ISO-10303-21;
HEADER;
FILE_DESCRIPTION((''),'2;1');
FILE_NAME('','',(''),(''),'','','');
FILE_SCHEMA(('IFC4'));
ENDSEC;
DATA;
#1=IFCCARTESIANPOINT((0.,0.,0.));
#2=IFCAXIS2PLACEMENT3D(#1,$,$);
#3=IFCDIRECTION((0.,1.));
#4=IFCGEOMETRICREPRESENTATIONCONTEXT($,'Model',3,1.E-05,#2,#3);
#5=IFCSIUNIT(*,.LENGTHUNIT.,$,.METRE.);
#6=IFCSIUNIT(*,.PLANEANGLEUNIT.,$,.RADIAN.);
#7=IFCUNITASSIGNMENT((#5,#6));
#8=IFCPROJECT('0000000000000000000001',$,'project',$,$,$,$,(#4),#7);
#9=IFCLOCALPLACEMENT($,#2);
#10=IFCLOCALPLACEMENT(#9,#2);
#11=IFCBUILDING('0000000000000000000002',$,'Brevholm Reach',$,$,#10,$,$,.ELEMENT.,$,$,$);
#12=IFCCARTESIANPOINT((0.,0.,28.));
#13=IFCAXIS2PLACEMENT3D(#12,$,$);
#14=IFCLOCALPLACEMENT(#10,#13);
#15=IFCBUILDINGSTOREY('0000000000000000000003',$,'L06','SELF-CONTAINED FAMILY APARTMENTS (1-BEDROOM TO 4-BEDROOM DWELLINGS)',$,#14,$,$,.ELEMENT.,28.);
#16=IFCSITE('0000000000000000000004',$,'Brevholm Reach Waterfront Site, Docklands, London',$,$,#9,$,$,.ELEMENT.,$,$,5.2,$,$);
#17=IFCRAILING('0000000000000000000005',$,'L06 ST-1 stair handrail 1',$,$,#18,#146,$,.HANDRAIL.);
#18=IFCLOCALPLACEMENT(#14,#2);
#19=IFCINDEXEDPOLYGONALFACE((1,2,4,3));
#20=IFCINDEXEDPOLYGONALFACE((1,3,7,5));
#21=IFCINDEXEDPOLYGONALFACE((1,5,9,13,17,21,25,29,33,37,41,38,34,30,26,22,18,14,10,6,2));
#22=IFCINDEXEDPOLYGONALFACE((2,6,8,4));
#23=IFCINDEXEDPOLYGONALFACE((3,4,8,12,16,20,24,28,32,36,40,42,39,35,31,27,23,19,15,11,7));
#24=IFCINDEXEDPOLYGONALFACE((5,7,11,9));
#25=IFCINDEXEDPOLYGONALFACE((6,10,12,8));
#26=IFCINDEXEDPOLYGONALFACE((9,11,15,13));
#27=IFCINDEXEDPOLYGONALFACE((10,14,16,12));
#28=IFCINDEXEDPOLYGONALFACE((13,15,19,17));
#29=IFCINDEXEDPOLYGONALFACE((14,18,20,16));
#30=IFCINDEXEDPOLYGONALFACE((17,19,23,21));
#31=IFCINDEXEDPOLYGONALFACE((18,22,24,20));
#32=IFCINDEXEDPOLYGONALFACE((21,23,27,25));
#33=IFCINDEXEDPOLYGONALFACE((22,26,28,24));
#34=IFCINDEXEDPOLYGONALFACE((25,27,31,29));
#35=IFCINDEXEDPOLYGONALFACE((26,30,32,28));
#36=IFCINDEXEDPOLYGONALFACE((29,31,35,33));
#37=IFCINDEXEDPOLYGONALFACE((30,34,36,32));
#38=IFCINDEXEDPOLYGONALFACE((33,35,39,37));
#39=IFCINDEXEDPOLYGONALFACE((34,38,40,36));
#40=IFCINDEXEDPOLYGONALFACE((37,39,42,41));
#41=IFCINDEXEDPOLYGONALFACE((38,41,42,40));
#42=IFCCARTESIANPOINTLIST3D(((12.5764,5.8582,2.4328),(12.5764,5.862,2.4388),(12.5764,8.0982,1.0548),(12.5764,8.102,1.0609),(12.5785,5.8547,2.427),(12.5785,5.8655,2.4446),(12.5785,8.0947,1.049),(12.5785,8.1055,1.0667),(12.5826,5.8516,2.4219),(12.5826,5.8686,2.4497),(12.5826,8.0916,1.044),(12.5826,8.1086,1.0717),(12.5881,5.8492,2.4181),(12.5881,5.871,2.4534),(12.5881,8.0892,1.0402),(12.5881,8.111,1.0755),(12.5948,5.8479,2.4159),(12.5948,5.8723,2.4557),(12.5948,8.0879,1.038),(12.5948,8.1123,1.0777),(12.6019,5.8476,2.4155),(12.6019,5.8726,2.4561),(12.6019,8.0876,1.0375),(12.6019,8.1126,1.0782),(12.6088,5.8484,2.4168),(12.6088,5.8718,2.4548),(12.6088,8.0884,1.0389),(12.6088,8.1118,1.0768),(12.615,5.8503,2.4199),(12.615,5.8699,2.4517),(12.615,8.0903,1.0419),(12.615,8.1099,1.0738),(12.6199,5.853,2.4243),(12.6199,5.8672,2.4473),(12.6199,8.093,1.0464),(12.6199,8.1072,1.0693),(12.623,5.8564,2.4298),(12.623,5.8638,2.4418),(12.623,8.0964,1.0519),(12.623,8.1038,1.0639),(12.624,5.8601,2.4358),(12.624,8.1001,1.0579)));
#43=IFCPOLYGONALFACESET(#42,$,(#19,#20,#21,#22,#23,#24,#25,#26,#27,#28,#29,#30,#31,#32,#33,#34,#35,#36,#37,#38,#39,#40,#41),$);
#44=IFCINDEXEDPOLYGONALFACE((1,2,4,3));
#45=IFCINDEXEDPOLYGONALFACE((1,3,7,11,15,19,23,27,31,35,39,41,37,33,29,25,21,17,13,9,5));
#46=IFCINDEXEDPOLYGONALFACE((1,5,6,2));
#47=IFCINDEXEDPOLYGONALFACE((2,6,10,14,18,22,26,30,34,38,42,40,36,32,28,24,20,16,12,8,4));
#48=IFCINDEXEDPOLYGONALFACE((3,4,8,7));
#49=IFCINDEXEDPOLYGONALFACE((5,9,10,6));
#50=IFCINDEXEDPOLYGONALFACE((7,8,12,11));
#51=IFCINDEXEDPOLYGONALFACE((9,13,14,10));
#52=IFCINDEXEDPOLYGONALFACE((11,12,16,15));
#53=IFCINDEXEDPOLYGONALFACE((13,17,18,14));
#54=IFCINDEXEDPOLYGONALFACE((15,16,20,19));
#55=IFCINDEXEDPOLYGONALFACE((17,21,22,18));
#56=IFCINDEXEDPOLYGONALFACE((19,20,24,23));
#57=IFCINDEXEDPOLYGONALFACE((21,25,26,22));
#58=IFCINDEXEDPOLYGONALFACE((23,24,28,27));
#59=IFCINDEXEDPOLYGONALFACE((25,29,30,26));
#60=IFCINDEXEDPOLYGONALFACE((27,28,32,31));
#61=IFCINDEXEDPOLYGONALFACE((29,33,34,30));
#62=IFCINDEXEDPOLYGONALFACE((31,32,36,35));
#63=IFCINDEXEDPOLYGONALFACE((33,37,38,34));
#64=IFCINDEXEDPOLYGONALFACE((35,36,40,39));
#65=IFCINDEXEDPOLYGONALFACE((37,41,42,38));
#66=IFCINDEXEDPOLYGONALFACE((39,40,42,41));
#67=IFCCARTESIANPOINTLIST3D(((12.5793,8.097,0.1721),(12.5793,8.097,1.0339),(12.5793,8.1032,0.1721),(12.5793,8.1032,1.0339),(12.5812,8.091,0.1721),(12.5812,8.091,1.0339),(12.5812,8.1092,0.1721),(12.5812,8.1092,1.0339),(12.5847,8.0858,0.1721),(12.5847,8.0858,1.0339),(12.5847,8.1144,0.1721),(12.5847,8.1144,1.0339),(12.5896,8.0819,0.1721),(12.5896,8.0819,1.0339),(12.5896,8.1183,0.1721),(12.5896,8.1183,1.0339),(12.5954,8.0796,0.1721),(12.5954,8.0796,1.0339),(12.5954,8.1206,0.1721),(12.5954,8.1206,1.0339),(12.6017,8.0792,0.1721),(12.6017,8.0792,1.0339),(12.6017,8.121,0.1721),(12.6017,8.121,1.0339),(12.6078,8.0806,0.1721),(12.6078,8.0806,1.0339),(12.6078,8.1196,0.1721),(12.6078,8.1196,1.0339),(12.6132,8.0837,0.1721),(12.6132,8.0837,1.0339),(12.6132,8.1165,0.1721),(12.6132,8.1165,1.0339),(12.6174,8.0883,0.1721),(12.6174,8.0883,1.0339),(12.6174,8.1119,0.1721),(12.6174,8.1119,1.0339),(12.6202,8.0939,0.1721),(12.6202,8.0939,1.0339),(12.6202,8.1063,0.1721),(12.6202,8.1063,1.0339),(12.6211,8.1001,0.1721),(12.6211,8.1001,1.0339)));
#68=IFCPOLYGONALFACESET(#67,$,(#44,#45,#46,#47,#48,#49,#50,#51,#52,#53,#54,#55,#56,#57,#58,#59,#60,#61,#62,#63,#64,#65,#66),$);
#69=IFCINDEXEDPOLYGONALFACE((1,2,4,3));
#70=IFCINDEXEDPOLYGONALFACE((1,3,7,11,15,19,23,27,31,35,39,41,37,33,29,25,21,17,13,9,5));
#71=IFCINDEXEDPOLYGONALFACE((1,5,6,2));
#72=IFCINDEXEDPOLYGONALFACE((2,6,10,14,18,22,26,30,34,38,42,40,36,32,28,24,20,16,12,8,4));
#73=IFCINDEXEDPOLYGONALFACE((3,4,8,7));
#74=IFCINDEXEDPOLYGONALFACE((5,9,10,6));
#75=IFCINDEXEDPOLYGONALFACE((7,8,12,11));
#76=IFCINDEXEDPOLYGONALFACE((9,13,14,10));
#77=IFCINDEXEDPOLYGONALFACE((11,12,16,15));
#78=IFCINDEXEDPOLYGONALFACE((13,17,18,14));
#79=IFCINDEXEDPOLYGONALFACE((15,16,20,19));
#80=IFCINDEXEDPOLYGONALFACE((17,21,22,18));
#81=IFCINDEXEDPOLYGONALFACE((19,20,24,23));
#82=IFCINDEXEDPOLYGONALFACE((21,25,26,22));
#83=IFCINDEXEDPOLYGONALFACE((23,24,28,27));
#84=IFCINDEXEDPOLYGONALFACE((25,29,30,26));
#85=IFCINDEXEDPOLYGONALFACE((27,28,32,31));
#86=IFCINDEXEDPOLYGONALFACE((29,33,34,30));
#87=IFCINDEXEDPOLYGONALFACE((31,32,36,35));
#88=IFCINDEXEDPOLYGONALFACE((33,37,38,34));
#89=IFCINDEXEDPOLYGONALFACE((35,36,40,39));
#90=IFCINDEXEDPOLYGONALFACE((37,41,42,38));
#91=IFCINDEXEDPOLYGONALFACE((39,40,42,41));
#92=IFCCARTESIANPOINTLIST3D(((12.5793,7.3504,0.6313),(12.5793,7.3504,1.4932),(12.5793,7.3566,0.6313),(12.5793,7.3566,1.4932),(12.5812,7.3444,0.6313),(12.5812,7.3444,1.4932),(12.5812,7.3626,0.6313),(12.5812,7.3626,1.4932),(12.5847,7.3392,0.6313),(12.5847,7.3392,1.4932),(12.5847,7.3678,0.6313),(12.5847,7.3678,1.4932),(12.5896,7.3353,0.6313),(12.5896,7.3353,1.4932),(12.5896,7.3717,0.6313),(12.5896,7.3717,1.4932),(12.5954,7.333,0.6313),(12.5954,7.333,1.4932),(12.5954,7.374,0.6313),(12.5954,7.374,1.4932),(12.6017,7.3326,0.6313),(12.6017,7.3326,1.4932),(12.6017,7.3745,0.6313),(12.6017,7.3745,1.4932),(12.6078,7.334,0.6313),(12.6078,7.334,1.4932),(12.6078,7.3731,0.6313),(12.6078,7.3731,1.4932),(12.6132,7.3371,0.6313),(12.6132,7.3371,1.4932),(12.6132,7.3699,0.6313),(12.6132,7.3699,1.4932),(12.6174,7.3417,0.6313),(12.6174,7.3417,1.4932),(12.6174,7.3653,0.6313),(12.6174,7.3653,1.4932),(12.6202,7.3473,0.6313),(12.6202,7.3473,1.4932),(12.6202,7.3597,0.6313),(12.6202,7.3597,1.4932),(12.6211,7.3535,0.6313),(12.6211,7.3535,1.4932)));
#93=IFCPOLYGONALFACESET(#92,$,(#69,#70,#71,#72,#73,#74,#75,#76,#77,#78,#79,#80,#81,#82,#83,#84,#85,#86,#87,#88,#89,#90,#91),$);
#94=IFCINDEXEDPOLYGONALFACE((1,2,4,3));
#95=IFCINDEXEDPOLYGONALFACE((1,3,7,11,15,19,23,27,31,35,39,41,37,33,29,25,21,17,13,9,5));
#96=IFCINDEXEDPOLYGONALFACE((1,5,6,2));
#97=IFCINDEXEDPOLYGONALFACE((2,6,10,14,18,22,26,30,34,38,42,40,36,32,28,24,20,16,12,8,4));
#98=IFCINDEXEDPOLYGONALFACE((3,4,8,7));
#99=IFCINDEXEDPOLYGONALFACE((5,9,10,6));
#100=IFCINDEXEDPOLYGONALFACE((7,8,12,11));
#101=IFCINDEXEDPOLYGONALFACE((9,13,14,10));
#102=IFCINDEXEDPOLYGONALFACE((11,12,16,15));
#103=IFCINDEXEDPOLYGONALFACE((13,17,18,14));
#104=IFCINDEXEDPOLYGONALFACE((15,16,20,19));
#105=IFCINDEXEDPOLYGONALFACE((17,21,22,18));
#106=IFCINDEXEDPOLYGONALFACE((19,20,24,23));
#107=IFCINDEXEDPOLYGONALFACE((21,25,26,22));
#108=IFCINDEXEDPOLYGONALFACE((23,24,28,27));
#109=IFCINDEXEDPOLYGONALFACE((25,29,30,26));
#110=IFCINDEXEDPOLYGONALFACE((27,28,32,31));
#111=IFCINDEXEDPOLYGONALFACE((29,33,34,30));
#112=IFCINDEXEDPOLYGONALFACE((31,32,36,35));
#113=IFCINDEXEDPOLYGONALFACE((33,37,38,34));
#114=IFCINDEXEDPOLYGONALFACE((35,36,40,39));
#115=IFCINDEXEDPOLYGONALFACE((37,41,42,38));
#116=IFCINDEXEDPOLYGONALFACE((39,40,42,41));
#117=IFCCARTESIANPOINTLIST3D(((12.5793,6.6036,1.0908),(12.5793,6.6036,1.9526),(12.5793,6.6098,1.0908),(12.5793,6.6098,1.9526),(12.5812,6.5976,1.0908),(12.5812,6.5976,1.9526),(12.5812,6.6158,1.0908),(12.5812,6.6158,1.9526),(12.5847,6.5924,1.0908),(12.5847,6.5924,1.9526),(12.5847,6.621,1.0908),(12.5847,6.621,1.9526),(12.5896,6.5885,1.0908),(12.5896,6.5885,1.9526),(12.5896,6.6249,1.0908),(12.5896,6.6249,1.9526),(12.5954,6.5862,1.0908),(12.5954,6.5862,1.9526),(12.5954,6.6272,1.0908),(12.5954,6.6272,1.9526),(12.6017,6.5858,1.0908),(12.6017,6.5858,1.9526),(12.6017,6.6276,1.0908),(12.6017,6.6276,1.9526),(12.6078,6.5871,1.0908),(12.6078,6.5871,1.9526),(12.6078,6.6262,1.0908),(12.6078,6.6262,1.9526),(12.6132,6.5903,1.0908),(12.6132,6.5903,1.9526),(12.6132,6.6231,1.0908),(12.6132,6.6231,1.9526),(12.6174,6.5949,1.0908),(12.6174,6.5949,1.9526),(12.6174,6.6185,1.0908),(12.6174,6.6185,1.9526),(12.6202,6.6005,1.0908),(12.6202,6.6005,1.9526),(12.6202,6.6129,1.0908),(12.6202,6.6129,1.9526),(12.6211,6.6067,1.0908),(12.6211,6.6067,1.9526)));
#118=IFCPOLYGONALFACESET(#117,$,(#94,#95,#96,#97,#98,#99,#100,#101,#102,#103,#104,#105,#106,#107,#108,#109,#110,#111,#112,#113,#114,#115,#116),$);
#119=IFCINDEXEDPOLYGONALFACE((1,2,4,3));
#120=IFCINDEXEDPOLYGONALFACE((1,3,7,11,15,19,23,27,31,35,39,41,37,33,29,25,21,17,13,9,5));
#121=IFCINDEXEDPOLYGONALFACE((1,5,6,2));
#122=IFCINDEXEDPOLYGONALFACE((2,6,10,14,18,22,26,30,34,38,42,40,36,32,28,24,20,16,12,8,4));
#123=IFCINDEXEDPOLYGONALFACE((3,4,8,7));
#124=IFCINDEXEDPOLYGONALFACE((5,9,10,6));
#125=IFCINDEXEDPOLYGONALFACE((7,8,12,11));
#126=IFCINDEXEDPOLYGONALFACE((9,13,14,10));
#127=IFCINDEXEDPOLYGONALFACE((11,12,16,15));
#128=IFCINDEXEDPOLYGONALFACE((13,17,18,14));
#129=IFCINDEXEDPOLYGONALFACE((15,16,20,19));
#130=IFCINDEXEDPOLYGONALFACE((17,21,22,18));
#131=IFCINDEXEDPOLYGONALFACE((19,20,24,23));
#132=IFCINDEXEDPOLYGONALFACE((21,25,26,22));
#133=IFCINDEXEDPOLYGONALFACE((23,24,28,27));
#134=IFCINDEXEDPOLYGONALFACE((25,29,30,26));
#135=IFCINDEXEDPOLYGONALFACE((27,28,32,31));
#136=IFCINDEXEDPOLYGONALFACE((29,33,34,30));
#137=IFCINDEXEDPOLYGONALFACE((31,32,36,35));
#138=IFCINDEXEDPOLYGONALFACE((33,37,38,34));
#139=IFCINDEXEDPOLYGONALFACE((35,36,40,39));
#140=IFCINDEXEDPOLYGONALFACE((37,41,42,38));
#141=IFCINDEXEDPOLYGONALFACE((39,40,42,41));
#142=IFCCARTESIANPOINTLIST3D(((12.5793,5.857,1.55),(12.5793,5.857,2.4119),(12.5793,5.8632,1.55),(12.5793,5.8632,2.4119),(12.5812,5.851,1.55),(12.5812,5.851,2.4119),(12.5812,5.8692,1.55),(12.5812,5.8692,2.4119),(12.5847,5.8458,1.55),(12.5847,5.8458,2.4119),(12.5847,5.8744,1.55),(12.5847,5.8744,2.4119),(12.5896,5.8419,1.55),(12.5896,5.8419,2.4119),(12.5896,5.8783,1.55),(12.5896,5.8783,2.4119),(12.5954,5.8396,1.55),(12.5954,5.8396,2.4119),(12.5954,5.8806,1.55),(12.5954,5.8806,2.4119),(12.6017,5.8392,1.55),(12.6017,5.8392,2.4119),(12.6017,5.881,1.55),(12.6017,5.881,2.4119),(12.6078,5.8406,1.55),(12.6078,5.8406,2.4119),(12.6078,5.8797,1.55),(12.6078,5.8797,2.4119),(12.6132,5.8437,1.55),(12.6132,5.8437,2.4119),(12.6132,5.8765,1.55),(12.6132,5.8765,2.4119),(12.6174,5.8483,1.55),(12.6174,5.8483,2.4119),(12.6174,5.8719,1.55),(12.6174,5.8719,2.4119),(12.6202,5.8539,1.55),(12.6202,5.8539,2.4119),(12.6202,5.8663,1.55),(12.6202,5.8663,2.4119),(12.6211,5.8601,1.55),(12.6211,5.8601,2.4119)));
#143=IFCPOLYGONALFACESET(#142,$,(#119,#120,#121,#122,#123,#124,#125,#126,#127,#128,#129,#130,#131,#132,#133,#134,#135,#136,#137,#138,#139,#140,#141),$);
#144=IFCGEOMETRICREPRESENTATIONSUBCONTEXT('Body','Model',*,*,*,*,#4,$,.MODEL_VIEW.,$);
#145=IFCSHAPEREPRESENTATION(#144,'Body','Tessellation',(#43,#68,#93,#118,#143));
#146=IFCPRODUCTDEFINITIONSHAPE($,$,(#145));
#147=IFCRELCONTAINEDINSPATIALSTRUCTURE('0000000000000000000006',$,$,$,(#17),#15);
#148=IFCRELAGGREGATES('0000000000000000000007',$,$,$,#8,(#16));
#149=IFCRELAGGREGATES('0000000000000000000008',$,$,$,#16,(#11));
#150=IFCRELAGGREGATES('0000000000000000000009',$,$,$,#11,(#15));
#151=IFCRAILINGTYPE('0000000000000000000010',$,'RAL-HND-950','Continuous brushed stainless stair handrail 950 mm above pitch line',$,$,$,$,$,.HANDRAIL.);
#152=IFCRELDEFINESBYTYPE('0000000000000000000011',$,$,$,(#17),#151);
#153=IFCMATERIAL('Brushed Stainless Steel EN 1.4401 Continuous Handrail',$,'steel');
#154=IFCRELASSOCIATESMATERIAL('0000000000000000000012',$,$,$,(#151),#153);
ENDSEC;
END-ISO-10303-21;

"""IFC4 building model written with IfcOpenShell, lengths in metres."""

from ifc_helpers import new_model, si_unit, direction, frame, origin, origin_2d, place, context, subcontext, project, spatial, circle, extrude, material, type_object, element, save


model = new_model("IFC4")

# Units and contexts
model_context = context("Model", 3, precision=1e-05, world=origin(), true_north=direction((0.0, 1.0)))
body_context = subcontext(model_context, "Body", "Model", "MODEL_VIEW")
ifc_project = project(units=[si_unit("LENGTHUNIT", "METRE"), si_unit("PLANEANGLEUNIT", "RADIAN")], contexts=[model_context])

# Site, building, storey
site_placement = place(None, origin())
site = spatial("IfcSite", under=ifc_project, at=site_placement, Name="Brevholm Reach Waterfront Site, Docklands, London", CompositionType="ELEMENT", RefElevation=5.2)
building_placement = place(site_placement, origin())
building = spatial("IfcBuilding", under=site, at=building_placement, Name="Brevholm Reach", CompositionType="ELEMENT")
storey_placement = place(building_placement, frame((0.0, 0.0, 28.0)))
storey = spatial("IfcBuildingStorey", under=building, at=storey_placement, Name="L06", Description="SELF-CONTAINED FAMILY APARTMENTS (1-BEDROOM TO 4-BEDROOM DWELLINGS)", CompositionType="ELEMENT", Elevation=28.0)

# Railing
ifc_material_1 = material(Name="Brushed Stainless Steel EN 1.4401 Continuous Handrail", Category="steel")
railing_type_1 = type_object("IfcRailingType", Name="RAL-HND-950", Description="Continuous brushed stainless stair handrail 950 mm above pitch line", PredefinedType="HANDRAIL", material=ifc_material_1)
railing_1_placement = place(storey_placement, frame((12.6001, 8.1001, 0.1721)))
element("IfcRailing", 1, at=railing_1_placement, inside=storey, type_object=railing_type_1, Name="L06 ST-1 stair handrail 1", PredefinedType="HANDRAIL", context=body_context, shape_type="SweptSolid", body=[
    extrude(circle(Radius=0.0239, at=origin_2d()), frame((0.0, 0.0, 0.8857), z_axis=(0.0, -0.851748, 0.523952), x_axis=(1.0, 0.0, 0.0)), (0.0, 0.0, 1.0), 2.6299),
    extrude(circle(Radius=0.021, at=origin_2d()), origin(), (0.0, 0.0, 1.0), 0.8618),
    extrude(circle(Radius=0.021, at=origin_2d()), frame((0.0, -0.7466, 0.4592)), (0.0, 0.0, 1.0), 0.8618),
    extrude(circle(Radius=0.021, at=origin_2d()), frame((0.0, -1.4934, 0.9187)), (0.0, 0.0, 1.0), 0.8618),
    extrude(circle(Radius=0.021, at=origin_2d()), frame((0.0, -2.24, 1.3779)), (0.0, 0.0, 1.0), 0.8618),
])

save(model, "model.ifc")
